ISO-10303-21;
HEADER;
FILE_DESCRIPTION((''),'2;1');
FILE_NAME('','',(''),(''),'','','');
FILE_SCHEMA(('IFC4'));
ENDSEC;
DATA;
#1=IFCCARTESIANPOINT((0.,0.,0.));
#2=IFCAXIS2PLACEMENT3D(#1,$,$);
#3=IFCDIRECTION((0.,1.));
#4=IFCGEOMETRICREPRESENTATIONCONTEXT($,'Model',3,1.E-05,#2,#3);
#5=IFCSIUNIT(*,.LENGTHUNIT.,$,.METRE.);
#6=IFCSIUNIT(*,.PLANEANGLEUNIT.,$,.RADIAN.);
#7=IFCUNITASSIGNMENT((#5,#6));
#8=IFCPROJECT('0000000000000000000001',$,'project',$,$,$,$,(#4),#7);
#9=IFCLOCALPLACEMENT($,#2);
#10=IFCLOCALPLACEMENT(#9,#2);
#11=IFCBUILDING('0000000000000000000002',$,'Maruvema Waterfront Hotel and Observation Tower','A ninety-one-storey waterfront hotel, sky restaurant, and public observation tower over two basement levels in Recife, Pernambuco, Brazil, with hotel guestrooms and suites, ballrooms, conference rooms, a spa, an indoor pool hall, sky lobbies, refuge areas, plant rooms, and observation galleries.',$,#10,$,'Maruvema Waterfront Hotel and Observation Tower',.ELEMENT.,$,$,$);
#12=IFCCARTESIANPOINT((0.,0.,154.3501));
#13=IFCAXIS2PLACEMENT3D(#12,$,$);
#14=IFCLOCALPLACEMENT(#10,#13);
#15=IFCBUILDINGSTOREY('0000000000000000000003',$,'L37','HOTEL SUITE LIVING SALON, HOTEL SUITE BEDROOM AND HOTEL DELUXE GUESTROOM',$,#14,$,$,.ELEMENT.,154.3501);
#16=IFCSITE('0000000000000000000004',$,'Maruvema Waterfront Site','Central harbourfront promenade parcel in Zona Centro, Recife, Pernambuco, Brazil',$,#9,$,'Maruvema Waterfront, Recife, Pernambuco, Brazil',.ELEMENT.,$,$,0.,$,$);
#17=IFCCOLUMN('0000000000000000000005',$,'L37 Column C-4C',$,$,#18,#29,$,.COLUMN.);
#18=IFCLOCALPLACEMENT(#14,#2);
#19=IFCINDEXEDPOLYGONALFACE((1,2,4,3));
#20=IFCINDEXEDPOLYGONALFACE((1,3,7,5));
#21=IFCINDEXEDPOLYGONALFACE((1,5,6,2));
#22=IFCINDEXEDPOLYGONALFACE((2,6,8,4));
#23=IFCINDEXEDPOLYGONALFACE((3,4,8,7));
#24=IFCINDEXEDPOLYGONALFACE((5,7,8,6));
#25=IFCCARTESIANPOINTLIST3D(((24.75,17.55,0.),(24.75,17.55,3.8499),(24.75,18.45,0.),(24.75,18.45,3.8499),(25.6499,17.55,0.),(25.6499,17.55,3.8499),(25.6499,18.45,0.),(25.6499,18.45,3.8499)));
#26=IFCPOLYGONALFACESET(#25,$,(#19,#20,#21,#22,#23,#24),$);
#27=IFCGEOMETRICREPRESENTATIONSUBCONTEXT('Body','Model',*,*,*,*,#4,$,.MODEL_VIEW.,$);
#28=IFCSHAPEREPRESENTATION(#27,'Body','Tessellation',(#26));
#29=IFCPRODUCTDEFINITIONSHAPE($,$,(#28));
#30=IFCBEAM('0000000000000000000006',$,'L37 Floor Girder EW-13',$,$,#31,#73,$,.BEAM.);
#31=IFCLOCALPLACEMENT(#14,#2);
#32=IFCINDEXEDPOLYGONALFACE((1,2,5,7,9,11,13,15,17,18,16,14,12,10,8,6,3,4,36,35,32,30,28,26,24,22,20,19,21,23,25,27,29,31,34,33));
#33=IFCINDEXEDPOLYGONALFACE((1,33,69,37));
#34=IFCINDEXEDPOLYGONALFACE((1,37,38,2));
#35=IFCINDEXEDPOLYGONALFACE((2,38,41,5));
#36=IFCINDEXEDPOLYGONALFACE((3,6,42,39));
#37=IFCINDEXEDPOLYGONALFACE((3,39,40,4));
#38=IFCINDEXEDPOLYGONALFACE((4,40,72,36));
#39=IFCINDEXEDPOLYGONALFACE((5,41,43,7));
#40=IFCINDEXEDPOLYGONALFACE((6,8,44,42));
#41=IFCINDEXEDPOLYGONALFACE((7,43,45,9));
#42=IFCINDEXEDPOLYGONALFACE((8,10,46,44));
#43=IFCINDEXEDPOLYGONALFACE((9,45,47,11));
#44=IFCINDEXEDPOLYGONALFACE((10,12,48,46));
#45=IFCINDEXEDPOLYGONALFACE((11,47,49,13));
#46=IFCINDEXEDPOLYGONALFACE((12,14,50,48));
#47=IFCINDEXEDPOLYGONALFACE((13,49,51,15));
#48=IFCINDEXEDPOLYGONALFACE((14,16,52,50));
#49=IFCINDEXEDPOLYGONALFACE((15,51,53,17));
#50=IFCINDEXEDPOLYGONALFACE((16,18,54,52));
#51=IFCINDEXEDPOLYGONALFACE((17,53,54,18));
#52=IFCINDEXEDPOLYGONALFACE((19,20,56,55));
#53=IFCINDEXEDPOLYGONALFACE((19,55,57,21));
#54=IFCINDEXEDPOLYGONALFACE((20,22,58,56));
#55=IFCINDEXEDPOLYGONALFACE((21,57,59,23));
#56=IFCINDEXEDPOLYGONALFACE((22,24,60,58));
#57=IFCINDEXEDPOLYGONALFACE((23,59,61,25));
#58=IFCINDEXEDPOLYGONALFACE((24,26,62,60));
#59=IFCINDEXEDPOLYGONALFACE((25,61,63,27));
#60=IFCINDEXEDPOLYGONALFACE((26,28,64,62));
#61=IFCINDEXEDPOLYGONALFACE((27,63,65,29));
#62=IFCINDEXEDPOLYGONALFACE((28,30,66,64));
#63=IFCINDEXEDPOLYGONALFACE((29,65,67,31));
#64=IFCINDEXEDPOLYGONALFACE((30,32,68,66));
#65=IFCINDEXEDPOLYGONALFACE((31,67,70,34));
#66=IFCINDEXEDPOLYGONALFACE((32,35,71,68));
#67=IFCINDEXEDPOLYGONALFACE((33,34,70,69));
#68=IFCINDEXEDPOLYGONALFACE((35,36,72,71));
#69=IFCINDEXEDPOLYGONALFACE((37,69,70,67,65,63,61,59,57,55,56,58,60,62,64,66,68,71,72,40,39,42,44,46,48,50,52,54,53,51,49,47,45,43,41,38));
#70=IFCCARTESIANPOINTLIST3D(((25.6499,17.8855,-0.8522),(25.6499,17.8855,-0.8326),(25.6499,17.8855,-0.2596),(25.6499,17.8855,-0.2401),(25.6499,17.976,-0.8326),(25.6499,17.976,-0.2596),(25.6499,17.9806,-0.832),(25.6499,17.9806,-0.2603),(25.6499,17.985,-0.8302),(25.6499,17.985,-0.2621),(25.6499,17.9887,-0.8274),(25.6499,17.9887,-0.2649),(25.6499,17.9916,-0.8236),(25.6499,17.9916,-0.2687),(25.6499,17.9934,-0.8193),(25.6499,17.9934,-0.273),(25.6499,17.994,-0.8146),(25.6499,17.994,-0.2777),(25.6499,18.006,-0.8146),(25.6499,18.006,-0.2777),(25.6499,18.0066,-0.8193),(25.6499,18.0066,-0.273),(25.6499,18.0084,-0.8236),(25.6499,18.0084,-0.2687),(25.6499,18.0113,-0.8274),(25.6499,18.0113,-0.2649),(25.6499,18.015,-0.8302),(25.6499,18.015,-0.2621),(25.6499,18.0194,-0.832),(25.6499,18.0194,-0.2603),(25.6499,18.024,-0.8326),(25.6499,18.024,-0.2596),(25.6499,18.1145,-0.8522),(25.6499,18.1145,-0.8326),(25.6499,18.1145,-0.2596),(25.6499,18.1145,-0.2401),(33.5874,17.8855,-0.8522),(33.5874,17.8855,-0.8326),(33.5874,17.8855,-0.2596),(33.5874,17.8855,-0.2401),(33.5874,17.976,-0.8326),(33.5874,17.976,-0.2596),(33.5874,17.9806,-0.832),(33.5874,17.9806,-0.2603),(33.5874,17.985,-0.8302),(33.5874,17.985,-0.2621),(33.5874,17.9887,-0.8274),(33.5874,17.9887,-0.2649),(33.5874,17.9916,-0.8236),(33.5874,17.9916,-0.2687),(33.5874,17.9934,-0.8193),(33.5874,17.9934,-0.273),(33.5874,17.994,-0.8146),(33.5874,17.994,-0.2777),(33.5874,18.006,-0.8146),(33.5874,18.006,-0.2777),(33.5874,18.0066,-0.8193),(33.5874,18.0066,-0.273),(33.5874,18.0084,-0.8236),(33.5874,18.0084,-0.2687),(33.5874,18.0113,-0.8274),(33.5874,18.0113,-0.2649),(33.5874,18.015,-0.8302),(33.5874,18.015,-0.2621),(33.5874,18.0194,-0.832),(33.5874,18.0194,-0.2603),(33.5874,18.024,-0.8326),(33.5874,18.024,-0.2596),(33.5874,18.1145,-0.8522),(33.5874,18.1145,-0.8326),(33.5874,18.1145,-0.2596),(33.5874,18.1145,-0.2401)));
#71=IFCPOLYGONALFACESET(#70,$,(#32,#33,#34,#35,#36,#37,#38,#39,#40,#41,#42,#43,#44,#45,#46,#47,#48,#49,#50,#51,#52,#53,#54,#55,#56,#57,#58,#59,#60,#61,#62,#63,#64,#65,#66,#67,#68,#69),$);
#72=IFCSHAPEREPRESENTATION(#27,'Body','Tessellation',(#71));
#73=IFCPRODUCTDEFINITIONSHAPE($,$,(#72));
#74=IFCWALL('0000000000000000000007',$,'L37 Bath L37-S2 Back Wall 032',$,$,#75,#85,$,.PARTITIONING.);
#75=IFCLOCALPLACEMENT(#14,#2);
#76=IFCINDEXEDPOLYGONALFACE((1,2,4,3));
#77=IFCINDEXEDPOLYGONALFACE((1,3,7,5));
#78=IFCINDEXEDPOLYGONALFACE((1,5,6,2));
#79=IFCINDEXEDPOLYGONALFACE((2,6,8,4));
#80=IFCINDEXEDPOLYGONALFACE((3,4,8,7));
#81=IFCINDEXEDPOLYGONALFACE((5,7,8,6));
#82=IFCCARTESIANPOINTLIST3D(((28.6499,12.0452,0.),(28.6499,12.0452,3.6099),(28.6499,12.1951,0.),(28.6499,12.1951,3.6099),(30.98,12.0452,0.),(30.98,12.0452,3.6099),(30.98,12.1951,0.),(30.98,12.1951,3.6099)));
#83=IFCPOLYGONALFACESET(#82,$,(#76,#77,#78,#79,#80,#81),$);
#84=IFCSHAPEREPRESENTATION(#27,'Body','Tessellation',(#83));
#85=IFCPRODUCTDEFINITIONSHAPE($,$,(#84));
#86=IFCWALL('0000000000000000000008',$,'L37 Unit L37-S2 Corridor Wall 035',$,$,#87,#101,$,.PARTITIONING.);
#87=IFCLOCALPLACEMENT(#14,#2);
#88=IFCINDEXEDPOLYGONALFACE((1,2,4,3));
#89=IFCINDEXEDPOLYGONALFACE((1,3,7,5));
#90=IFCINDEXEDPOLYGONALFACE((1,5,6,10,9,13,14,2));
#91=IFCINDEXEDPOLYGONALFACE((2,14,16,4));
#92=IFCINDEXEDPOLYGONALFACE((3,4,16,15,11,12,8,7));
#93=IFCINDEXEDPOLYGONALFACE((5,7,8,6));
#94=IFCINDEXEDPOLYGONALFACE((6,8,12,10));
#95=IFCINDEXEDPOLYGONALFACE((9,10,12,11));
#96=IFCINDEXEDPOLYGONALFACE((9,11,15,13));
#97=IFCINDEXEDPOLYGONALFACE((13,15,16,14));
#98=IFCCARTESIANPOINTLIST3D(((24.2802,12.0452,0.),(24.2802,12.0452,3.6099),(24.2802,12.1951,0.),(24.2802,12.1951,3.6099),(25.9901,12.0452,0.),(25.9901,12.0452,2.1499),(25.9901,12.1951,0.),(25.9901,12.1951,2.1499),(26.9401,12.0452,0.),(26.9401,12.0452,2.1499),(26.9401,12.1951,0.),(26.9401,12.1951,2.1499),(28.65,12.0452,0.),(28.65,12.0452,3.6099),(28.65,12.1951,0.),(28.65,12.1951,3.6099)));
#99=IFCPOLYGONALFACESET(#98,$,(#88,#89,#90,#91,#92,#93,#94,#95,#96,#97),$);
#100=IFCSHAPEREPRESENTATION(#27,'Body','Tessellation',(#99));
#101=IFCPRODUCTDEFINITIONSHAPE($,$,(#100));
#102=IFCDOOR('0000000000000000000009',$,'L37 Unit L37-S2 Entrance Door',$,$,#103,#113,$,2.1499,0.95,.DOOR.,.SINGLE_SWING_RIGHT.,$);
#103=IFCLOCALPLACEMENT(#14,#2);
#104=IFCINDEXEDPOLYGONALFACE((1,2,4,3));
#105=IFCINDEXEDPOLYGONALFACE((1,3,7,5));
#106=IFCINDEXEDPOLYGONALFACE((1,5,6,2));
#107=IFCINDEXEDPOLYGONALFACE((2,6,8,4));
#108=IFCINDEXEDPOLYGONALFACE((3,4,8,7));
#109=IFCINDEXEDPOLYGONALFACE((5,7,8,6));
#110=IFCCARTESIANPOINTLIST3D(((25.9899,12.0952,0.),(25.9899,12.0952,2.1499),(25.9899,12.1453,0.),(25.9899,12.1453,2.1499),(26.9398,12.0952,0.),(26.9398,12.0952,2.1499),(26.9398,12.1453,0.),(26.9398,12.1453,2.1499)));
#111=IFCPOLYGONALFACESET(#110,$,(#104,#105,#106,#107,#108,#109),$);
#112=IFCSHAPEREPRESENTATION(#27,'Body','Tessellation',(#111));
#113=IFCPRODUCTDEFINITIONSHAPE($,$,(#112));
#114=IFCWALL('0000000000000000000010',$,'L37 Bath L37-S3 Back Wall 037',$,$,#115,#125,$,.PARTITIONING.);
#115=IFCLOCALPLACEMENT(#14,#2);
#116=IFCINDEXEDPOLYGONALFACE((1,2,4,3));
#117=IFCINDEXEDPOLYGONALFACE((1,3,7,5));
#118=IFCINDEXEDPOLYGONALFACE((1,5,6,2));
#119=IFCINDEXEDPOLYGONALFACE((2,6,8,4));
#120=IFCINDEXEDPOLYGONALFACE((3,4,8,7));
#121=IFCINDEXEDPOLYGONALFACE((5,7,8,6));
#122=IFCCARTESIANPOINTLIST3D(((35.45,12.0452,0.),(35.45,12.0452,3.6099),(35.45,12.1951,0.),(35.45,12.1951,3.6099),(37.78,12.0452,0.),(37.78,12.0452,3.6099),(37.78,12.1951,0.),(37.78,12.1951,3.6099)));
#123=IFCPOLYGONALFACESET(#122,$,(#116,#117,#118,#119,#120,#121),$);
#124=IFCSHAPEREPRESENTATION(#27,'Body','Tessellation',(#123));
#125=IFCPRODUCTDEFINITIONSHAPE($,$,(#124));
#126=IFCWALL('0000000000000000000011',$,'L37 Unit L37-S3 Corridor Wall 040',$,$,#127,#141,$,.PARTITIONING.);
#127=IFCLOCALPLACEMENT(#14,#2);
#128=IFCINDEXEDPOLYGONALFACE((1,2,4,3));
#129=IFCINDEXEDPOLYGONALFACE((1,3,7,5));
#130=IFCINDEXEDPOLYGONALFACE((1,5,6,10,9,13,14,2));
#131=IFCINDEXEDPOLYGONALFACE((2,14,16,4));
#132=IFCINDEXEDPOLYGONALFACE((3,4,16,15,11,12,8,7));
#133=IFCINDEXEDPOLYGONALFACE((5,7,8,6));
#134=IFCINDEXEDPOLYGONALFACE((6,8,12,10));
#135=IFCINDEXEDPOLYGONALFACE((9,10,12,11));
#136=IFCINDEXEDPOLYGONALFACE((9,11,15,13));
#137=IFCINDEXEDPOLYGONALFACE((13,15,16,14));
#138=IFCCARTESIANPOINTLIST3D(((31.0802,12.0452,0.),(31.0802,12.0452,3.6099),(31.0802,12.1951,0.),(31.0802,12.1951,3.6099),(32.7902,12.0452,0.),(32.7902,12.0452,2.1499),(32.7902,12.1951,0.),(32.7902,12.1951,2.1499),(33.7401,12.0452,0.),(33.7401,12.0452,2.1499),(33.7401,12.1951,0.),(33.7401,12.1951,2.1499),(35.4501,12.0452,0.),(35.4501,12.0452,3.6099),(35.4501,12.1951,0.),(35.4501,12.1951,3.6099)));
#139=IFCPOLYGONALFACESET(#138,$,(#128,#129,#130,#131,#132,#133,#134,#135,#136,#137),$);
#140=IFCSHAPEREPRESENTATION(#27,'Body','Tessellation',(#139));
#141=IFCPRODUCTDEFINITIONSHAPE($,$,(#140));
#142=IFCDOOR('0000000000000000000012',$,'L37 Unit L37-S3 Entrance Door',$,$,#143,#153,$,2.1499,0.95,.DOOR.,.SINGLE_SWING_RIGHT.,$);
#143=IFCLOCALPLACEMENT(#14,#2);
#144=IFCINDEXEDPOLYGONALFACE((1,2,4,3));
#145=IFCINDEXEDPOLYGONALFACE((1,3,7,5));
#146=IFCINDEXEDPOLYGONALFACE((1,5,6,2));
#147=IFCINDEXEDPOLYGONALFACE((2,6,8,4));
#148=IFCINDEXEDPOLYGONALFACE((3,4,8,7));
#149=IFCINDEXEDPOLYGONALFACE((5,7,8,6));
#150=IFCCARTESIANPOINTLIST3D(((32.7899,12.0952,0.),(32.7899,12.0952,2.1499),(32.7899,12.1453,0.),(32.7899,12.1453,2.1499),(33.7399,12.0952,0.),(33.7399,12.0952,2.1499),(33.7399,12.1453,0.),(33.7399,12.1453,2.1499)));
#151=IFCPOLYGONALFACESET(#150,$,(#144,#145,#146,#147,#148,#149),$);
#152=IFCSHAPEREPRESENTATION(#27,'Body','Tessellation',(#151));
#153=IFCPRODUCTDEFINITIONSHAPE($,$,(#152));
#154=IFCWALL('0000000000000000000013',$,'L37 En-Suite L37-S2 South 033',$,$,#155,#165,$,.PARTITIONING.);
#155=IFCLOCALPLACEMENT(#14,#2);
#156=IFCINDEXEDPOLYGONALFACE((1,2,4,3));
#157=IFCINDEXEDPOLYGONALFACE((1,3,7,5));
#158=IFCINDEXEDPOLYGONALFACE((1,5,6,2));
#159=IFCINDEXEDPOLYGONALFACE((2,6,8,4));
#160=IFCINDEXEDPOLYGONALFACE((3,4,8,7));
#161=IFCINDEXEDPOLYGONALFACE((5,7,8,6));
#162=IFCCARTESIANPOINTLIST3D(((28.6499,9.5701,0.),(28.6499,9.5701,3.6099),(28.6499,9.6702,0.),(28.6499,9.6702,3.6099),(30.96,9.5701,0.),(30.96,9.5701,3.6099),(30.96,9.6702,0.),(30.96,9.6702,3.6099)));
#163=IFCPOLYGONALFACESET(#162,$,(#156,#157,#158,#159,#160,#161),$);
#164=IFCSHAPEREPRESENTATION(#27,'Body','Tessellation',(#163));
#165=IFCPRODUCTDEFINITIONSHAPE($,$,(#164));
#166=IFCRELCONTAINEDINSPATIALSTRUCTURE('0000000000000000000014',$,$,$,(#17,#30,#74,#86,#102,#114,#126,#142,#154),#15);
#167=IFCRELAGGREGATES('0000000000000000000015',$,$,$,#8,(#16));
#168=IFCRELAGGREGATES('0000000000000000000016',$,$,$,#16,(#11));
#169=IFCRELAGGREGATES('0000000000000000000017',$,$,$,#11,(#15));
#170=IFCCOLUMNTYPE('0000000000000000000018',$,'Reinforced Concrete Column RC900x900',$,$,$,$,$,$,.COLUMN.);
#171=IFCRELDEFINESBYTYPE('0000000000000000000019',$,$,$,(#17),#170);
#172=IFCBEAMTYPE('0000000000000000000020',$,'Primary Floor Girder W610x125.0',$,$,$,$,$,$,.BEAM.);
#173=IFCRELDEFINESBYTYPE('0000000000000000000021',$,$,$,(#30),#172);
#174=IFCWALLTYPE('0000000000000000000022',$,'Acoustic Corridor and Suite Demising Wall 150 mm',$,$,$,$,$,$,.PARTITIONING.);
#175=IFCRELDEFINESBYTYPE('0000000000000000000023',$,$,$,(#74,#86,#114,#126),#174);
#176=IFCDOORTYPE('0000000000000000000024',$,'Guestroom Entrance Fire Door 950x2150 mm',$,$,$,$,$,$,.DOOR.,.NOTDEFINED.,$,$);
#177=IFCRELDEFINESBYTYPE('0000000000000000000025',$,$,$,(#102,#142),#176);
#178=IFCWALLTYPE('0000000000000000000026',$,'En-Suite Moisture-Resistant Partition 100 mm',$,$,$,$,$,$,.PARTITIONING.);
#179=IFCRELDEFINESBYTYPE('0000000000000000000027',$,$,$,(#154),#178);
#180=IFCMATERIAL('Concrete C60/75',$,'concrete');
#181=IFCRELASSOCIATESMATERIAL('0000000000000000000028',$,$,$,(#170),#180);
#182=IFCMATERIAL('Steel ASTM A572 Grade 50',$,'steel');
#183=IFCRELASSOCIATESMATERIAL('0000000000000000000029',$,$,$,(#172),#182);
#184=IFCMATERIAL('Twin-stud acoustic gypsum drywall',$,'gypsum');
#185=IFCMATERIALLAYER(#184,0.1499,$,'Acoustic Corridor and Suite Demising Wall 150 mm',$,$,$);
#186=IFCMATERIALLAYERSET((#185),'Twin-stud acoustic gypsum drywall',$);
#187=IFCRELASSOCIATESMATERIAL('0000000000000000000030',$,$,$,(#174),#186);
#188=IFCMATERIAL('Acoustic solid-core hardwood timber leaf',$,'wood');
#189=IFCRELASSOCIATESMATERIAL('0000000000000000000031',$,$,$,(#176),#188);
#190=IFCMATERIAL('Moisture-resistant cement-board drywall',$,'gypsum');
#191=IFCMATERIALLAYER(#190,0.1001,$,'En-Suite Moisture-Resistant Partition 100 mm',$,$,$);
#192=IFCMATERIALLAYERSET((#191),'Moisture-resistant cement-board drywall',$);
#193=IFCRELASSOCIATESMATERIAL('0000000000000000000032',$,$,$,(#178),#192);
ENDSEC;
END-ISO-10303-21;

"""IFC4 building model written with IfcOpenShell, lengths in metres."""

from ifc_helpers import new_model, si_unit, direction, frame, frame_2d, origin, origin_2d, place, context, subcontext, project, spatial, rectangle, i_section, extrude, material, layer, layer_set, material_profile, profile_set, type_object, element, fill, save


model = new_model("IFC4")

# Units and contexts
model_context = context("Model", 3, precision=1e-05, world=origin(), true_north=direction((0.0, 1.0)))
body_context = subcontext(model_context, "Body", "Model", "MODEL_VIEW")
ifc_project = project(units=[si_unit("LENGTHUNIT", "METRE"), si_unit("PLANEANGLEUNIT", "RADIAN")], contexts=[model_context])

# Site, building, storey
site_placement = place(None, origin())
site = spatial("IfcSite", under=ifc_project, at=site_placement, Name="Maruvema Waterfront Site", Description="Central harbourfront promenade parcel in Zona Centro, Recife, Pernambuco, Brazil", LongName="Maruvema Waterfront, Recife, Pernambuco, Brazil", CompositionType="ELEMENT", RefElevation=0.0)
building_placement = place(site_placement, origin())
building = spatial("IfcBuilding", under=site, at=building_placement, Name="Maruvema Waterfront Hotel and Observation Tower", Description="A ninety-one-storey waterfront hotel, sky restaurant, and public observation tower over two basement levels in Recife, Pernambuco, Brazil, with hotel guestrooms and suites, ballrooms, conference rooms, a spa, an indoor pool hall, sky lobbies, refuge areas, plant rooms, and observation galleries.", LongName="Maruvema Waterfront Hotel and Observation Tower", CompositionType="ELEMENT")
storey_placement = place(building_placement, frame((0.0, 0.0, 154.3501)))
storey = spatial("IfcBuildingStorey", under=building, at=storey_placement, Name="L37", Description="HOTEL SUITE LIVING SALON, HOTEL SUITE BEDROOM AND HOTEL DELUXE GUESTROOM", CompositionType="ELEMENT", Elevation=154.3501)

# Column
ifc_material_1 = material(Name="Concrete C60/75", Category="concrete")
ifc_material_profile_1 = material_profile(ifc_material_1, rectangle(XDim=0.8999, YDim=0.8999, at=origin_2d()), Name="RC900x900")
ifc_profile_set_1 = profile_set([ifc_material_profile_1], Name="Concrete C60/75")
column_type = type_object("IfcColumnType", Name="Reinforced Concrete Column RC900x900", PredefinedType="COLUMN", material=ifc_profile_set_1)
column_placement = place(storey_placement, frame((25.2, 18.0, 0.0), z_axis=(0.0, 0.0, 1.0), x_axis=(1.0, 0.0, 0.0)))
element("IfcColumn", 1, at=column_placement, inside=storey, type_object=column_type, Name="L37 Column C-4C", PredefinedType="COLUMN", context=body_context, shape_type="SweptSolid", body=[
    extrude(rectangle(XDim=0.8999, YDim=0.8999, at=origin_2d()), origin(), (0.0, 0.0, 1.0), 3.8499),
])

# Beam
ifc_material_2 = material(Name="Steel ASTM A572 Grade 50", Category="steel")
ifc_material_profile_2 = material_profile(ifc_material_2, i_section(OverallWidth=0.229, OverallDepth=0.6121, WebThickness=0.012, FlangeThickness=0.0195, FilletRadius=0.0181, at=origin_2d()), Name="W610x125.0")
ifc_profile_set_2 = profile_set([ifc_material_profile_2], Name="Steel ASTM A572 Grade 50")
beam_type = type_object("IfcBeamType", Name="Primary Floor Girder W610x125.0", PredefinedType="BEAM", material=ifc_profile_set_2)
beam_placement = place(storey_placement, frame((25.6499, 18.0, -0.5461), z_axis=(1.0, 0.0, 0.0), x_axis=(0.0, 1.0, 0.0)))
element("IfcBeam", 2, at=beam_placement, inside=storey, type_object=beam_type, Name="L37 Floor Girder EW-13", PredefinedType="BEAM", context=body_context, shape_type="SweptSolid", body=[
    extrude(i_section(OverallWidth=0.229, OverallDepth=0.6121, WebThickness=0.012, FlangeThickness=0.0195, FilletRadius=0.0181, at=origin_2d()), origin(), (0.0, 0.0, 1.0), 7.9375),
])

# Wall
ifc_material_3 = material(Name="Twin-stud acoustic gypsum drywall", Category="gypsum")
ifc_layer_1 = layer(ifc_material_3, 0.1499, Name="Acoustic Corridor and Suite Demising Wall 150 mm")
ifc_layer_set_1 = layer_set([ifc_layer_1], Name="Twin-stud acoustic gypsum drywall")
wall_type_1 = type_object("IfcWallType", Name="Acoustic Corridor and Suite Demising Wall 150 mm", PredefinedType="PARTITIONING", material=ifc_layer_set_1)
wall_1_placement = place(storey_placement, frame((28.6499, 12.1201, 0.0), z_axis=(0.0, 0.0, 1.0), x_axis=(1.0, 0.0, 0.0)))
element("IfcWall", 3, at=wall_1_placement, inside=storey, type_object=wall_type_1, Name="L37 Bath L37-S2 Back Wall 032", PredefinedType="PARTITIONING", context=body_context, shape_type="SweptSolid", body=[
    extrude(rectangle(XDim=2.3301, YDim=0.1499, at=frame_2d((1.165, 0.0))), origin(), (0.0, 0.0, 1.0), 3.6099),
])

# Wall, opening, door
wall_2_placement = place(storey_placement, frame((24.28, 12.1201, 0.0), z_axis=(0.0, 0.0, 1.0), x_axis=(1.0, 0.0, 0.0)))
wall_2 = element("IfcWall", 4, at=wall_2_placement, inside=storey, type_object=wall_type_1, Name="L37 Unit L37-S2 Corridor Wall 035", PredefinedType="PARTITIONING", context=body_context, shape_type="SweptSolid", body=[
    extrude(rectangle(XDim=4.3699, YDim=0.1499, at=frame_2d((2.1851, 0.0))), origin(), (0.0, 0.0, 1.0), 3.6099),
])
opening_1_placement = place(wall_2_placement, frame((1.71, 0.0, 0.0)))
opening_1 = element("IfcOpeningElement", 5, at=opening_1_placement, cuts=wall_2, PredefinedType="OPENING", context=body_context, shape_type="SweptSolid", body=[
    extrude(rectangle(XDim=0.95, YDim=2.1499, at=frame_2d((0.4751, 1.075))), frame((0.0, 0.085, 0.0), z_axis=(0.0, -1.0, 0.0), x_axis=(1.0, 0.0, 0.0)), (0.0, 0.0, 1.0), 0.1699),
])
ifc_material_4 = material(Name="Acoustic solid-core hardwood timber leaf", Category="wood")
door_type_1 = type_object("IfcDoorType", Name="Guestroom Entrance Fire Door 950x2150 mm", OperationType="NOTDEFINED", PredefinedType="DOOR", material=ifc_material_4)
door_1_placement = place(opening_1_placement, frame((0.95, 0.0, 0.0), z_axis=(0.0, 0.0, 1.0), x_axis=(-1.0, 0.0, 0.0)))
door_1 = element("IfcDoor", 6, at=door_1_placement, inside=storey, type_object=door_type_1, Name="L37 Unit L37-S2 Entrance Door", OperationType="SINGLE_SWING_RIGHT", OverallHeight=2.1499, OverallWidth=0.95, PredefinedType="DOOR", context=body_context, shape_type="SweptSolid", body=[
    extrude(rectangle(XDim=0.95, YDim=2.1499, at=frame_2d((0.4751, 1.075))), frame((0.0, 0.0249, 0.0), z_axis=(0.0, -1.0, 0.0), x_axis=(1.0, 0.0, 0.0)), (0.0, 0.0, 1.0), 0.05),
])
fill(opening_1, door_1)

# Wall
wall_3_placement = place(storey_placement, frame((35.45, 12.1201, 0.0), z_axis=(0.0, 0.0, 1.0), x_axis=(1.0, 0.0, 0.0)))
element("IfcWall", 7, at=wall_3_placement, inside=storey, type_object=wall_type_1, Name="L37 Bath L37-S3 Back Wall 037", PredefinedType="PARTITIONING", context=body_context, shape_type="SweptSolid", body=[
    extrude(rectangle(XDim=2.3301, YDim=0.1499, at=frame_2d((1.165, 0.0))), origin(), (0.0, 0.0, 1.0), 3.6099),
])

# Wall, opening, door
wall_4_placement = place(storey_placement, frame((31.0801, 12.1201, 0.0), z_axis=(0.0, 0.0, 1.0), x_axis=(1.0, 0.0, 0.0)))
wall_4 = element("IfcWall", 8, at=wall_4_placement, inside=storey, type_object=wall_type_1, Name="L37 Unit L37-S3 Corridor Wall 040", PredefinedType="PARTITIONING", context=body_context, shape_type="SweptSolid", body=[
    extrude(rectangle(XDim=4.3699, YDim=0.1499, at=frame_2d((2.1851, 0.0))), origin(), (0.0, 0.0, 1.0), 3.6099),
])
opening_2_placement = place(wall_4_placement, frame((1.71, 0.0, 0.0)))
opening_2 = element("IfcOpeningElement", 9, at=opening_2_placement, cuts=wall_4, PredefinedType="OPENING", context=body_context, shape_type="SweptSolid", body=[
    extrude(rectangle(XDim=0.95, YDim=2.1499, at=frame_2d((0.4751, 1.075))), frame((0.0, 0.085, 0.0), z_axis=(0.0, -1.0, 0.0), x_axis=(1.0, 0.0, 0.0)), (0.0, 0.0, 1.0), 0.1699),
])
door_2_placement = place(opening_2_placement, frame((0.95, 0.0, 0.0), z_axis=(0.0, 0.0, 1.0), x_axis=(-1.0, 0.0, 0.0)))
door_2 = element("IfcDoor", 10, at=door_2_placement, inside=storey, type_object=door_type_1, Name="L37 Unit L37-S3 Entrance Door", OperationType="SINGLE_SWING_RIGHT", OverallHeight=2.1499, OverallWidth=0.95, PredefinedType="DOOR", context=body_context, shape_type="SweptSolid", body=[
    extrude(rectangle(XDim=0.95, YDim=2.1499, at=frame_2d((0.4751, 1.075))), frame((0.0, 0.0249, 0.0), z_axis=(0.0, -1.0, 0.0), x_axis=(1.0, 0.0, 0.0)), (0.0, 0.0, 1.0), 0.05),
])
fill(opening_2, door_2)

# Wall
ifc_material_5 = material(Name="Moisture-resistant cement-board drywall", Category="gypsum")
ifc_layer_2 = layer(ifc_material_5, 0.1001, Name="En-Suite Moisture-Resistant Partition 100 mm")
ifc_layer_set_2 = layer_set([ifc_layer_2], Name="Moisture-resistant cement-board drywall")
wall_type_2 = type_object("IfcWallType", Name="En-Suite Moisture-Resistant Partition 100 mm", PredefinedType="PARTITIONING", material=ifc_layer_set_2)
wall_5_placement = place(storey_placement, frame((28.6499, 9.6201, 0.0), z_axis=(0.0, 0.0, 1.0), x_axis=(1.0, 0.0, 0.0)))
element("IfcWall", 11, at=wall_5_placement, inside=storey, type_object=wall_type_2, Name="L37 En-Suite L37-S2 South 033", PredefinedType="PARTITIONING", context=body_context, shape_type="SweptSolid", body=[
    extrude(rectangle(XDim=2.3101, YDim=0.1001, at=frame_2d((1.155, 0.0))), origin(), (0.0, 0.0, 1.0), 3.6099),
])

save(model, "model.ifc")
